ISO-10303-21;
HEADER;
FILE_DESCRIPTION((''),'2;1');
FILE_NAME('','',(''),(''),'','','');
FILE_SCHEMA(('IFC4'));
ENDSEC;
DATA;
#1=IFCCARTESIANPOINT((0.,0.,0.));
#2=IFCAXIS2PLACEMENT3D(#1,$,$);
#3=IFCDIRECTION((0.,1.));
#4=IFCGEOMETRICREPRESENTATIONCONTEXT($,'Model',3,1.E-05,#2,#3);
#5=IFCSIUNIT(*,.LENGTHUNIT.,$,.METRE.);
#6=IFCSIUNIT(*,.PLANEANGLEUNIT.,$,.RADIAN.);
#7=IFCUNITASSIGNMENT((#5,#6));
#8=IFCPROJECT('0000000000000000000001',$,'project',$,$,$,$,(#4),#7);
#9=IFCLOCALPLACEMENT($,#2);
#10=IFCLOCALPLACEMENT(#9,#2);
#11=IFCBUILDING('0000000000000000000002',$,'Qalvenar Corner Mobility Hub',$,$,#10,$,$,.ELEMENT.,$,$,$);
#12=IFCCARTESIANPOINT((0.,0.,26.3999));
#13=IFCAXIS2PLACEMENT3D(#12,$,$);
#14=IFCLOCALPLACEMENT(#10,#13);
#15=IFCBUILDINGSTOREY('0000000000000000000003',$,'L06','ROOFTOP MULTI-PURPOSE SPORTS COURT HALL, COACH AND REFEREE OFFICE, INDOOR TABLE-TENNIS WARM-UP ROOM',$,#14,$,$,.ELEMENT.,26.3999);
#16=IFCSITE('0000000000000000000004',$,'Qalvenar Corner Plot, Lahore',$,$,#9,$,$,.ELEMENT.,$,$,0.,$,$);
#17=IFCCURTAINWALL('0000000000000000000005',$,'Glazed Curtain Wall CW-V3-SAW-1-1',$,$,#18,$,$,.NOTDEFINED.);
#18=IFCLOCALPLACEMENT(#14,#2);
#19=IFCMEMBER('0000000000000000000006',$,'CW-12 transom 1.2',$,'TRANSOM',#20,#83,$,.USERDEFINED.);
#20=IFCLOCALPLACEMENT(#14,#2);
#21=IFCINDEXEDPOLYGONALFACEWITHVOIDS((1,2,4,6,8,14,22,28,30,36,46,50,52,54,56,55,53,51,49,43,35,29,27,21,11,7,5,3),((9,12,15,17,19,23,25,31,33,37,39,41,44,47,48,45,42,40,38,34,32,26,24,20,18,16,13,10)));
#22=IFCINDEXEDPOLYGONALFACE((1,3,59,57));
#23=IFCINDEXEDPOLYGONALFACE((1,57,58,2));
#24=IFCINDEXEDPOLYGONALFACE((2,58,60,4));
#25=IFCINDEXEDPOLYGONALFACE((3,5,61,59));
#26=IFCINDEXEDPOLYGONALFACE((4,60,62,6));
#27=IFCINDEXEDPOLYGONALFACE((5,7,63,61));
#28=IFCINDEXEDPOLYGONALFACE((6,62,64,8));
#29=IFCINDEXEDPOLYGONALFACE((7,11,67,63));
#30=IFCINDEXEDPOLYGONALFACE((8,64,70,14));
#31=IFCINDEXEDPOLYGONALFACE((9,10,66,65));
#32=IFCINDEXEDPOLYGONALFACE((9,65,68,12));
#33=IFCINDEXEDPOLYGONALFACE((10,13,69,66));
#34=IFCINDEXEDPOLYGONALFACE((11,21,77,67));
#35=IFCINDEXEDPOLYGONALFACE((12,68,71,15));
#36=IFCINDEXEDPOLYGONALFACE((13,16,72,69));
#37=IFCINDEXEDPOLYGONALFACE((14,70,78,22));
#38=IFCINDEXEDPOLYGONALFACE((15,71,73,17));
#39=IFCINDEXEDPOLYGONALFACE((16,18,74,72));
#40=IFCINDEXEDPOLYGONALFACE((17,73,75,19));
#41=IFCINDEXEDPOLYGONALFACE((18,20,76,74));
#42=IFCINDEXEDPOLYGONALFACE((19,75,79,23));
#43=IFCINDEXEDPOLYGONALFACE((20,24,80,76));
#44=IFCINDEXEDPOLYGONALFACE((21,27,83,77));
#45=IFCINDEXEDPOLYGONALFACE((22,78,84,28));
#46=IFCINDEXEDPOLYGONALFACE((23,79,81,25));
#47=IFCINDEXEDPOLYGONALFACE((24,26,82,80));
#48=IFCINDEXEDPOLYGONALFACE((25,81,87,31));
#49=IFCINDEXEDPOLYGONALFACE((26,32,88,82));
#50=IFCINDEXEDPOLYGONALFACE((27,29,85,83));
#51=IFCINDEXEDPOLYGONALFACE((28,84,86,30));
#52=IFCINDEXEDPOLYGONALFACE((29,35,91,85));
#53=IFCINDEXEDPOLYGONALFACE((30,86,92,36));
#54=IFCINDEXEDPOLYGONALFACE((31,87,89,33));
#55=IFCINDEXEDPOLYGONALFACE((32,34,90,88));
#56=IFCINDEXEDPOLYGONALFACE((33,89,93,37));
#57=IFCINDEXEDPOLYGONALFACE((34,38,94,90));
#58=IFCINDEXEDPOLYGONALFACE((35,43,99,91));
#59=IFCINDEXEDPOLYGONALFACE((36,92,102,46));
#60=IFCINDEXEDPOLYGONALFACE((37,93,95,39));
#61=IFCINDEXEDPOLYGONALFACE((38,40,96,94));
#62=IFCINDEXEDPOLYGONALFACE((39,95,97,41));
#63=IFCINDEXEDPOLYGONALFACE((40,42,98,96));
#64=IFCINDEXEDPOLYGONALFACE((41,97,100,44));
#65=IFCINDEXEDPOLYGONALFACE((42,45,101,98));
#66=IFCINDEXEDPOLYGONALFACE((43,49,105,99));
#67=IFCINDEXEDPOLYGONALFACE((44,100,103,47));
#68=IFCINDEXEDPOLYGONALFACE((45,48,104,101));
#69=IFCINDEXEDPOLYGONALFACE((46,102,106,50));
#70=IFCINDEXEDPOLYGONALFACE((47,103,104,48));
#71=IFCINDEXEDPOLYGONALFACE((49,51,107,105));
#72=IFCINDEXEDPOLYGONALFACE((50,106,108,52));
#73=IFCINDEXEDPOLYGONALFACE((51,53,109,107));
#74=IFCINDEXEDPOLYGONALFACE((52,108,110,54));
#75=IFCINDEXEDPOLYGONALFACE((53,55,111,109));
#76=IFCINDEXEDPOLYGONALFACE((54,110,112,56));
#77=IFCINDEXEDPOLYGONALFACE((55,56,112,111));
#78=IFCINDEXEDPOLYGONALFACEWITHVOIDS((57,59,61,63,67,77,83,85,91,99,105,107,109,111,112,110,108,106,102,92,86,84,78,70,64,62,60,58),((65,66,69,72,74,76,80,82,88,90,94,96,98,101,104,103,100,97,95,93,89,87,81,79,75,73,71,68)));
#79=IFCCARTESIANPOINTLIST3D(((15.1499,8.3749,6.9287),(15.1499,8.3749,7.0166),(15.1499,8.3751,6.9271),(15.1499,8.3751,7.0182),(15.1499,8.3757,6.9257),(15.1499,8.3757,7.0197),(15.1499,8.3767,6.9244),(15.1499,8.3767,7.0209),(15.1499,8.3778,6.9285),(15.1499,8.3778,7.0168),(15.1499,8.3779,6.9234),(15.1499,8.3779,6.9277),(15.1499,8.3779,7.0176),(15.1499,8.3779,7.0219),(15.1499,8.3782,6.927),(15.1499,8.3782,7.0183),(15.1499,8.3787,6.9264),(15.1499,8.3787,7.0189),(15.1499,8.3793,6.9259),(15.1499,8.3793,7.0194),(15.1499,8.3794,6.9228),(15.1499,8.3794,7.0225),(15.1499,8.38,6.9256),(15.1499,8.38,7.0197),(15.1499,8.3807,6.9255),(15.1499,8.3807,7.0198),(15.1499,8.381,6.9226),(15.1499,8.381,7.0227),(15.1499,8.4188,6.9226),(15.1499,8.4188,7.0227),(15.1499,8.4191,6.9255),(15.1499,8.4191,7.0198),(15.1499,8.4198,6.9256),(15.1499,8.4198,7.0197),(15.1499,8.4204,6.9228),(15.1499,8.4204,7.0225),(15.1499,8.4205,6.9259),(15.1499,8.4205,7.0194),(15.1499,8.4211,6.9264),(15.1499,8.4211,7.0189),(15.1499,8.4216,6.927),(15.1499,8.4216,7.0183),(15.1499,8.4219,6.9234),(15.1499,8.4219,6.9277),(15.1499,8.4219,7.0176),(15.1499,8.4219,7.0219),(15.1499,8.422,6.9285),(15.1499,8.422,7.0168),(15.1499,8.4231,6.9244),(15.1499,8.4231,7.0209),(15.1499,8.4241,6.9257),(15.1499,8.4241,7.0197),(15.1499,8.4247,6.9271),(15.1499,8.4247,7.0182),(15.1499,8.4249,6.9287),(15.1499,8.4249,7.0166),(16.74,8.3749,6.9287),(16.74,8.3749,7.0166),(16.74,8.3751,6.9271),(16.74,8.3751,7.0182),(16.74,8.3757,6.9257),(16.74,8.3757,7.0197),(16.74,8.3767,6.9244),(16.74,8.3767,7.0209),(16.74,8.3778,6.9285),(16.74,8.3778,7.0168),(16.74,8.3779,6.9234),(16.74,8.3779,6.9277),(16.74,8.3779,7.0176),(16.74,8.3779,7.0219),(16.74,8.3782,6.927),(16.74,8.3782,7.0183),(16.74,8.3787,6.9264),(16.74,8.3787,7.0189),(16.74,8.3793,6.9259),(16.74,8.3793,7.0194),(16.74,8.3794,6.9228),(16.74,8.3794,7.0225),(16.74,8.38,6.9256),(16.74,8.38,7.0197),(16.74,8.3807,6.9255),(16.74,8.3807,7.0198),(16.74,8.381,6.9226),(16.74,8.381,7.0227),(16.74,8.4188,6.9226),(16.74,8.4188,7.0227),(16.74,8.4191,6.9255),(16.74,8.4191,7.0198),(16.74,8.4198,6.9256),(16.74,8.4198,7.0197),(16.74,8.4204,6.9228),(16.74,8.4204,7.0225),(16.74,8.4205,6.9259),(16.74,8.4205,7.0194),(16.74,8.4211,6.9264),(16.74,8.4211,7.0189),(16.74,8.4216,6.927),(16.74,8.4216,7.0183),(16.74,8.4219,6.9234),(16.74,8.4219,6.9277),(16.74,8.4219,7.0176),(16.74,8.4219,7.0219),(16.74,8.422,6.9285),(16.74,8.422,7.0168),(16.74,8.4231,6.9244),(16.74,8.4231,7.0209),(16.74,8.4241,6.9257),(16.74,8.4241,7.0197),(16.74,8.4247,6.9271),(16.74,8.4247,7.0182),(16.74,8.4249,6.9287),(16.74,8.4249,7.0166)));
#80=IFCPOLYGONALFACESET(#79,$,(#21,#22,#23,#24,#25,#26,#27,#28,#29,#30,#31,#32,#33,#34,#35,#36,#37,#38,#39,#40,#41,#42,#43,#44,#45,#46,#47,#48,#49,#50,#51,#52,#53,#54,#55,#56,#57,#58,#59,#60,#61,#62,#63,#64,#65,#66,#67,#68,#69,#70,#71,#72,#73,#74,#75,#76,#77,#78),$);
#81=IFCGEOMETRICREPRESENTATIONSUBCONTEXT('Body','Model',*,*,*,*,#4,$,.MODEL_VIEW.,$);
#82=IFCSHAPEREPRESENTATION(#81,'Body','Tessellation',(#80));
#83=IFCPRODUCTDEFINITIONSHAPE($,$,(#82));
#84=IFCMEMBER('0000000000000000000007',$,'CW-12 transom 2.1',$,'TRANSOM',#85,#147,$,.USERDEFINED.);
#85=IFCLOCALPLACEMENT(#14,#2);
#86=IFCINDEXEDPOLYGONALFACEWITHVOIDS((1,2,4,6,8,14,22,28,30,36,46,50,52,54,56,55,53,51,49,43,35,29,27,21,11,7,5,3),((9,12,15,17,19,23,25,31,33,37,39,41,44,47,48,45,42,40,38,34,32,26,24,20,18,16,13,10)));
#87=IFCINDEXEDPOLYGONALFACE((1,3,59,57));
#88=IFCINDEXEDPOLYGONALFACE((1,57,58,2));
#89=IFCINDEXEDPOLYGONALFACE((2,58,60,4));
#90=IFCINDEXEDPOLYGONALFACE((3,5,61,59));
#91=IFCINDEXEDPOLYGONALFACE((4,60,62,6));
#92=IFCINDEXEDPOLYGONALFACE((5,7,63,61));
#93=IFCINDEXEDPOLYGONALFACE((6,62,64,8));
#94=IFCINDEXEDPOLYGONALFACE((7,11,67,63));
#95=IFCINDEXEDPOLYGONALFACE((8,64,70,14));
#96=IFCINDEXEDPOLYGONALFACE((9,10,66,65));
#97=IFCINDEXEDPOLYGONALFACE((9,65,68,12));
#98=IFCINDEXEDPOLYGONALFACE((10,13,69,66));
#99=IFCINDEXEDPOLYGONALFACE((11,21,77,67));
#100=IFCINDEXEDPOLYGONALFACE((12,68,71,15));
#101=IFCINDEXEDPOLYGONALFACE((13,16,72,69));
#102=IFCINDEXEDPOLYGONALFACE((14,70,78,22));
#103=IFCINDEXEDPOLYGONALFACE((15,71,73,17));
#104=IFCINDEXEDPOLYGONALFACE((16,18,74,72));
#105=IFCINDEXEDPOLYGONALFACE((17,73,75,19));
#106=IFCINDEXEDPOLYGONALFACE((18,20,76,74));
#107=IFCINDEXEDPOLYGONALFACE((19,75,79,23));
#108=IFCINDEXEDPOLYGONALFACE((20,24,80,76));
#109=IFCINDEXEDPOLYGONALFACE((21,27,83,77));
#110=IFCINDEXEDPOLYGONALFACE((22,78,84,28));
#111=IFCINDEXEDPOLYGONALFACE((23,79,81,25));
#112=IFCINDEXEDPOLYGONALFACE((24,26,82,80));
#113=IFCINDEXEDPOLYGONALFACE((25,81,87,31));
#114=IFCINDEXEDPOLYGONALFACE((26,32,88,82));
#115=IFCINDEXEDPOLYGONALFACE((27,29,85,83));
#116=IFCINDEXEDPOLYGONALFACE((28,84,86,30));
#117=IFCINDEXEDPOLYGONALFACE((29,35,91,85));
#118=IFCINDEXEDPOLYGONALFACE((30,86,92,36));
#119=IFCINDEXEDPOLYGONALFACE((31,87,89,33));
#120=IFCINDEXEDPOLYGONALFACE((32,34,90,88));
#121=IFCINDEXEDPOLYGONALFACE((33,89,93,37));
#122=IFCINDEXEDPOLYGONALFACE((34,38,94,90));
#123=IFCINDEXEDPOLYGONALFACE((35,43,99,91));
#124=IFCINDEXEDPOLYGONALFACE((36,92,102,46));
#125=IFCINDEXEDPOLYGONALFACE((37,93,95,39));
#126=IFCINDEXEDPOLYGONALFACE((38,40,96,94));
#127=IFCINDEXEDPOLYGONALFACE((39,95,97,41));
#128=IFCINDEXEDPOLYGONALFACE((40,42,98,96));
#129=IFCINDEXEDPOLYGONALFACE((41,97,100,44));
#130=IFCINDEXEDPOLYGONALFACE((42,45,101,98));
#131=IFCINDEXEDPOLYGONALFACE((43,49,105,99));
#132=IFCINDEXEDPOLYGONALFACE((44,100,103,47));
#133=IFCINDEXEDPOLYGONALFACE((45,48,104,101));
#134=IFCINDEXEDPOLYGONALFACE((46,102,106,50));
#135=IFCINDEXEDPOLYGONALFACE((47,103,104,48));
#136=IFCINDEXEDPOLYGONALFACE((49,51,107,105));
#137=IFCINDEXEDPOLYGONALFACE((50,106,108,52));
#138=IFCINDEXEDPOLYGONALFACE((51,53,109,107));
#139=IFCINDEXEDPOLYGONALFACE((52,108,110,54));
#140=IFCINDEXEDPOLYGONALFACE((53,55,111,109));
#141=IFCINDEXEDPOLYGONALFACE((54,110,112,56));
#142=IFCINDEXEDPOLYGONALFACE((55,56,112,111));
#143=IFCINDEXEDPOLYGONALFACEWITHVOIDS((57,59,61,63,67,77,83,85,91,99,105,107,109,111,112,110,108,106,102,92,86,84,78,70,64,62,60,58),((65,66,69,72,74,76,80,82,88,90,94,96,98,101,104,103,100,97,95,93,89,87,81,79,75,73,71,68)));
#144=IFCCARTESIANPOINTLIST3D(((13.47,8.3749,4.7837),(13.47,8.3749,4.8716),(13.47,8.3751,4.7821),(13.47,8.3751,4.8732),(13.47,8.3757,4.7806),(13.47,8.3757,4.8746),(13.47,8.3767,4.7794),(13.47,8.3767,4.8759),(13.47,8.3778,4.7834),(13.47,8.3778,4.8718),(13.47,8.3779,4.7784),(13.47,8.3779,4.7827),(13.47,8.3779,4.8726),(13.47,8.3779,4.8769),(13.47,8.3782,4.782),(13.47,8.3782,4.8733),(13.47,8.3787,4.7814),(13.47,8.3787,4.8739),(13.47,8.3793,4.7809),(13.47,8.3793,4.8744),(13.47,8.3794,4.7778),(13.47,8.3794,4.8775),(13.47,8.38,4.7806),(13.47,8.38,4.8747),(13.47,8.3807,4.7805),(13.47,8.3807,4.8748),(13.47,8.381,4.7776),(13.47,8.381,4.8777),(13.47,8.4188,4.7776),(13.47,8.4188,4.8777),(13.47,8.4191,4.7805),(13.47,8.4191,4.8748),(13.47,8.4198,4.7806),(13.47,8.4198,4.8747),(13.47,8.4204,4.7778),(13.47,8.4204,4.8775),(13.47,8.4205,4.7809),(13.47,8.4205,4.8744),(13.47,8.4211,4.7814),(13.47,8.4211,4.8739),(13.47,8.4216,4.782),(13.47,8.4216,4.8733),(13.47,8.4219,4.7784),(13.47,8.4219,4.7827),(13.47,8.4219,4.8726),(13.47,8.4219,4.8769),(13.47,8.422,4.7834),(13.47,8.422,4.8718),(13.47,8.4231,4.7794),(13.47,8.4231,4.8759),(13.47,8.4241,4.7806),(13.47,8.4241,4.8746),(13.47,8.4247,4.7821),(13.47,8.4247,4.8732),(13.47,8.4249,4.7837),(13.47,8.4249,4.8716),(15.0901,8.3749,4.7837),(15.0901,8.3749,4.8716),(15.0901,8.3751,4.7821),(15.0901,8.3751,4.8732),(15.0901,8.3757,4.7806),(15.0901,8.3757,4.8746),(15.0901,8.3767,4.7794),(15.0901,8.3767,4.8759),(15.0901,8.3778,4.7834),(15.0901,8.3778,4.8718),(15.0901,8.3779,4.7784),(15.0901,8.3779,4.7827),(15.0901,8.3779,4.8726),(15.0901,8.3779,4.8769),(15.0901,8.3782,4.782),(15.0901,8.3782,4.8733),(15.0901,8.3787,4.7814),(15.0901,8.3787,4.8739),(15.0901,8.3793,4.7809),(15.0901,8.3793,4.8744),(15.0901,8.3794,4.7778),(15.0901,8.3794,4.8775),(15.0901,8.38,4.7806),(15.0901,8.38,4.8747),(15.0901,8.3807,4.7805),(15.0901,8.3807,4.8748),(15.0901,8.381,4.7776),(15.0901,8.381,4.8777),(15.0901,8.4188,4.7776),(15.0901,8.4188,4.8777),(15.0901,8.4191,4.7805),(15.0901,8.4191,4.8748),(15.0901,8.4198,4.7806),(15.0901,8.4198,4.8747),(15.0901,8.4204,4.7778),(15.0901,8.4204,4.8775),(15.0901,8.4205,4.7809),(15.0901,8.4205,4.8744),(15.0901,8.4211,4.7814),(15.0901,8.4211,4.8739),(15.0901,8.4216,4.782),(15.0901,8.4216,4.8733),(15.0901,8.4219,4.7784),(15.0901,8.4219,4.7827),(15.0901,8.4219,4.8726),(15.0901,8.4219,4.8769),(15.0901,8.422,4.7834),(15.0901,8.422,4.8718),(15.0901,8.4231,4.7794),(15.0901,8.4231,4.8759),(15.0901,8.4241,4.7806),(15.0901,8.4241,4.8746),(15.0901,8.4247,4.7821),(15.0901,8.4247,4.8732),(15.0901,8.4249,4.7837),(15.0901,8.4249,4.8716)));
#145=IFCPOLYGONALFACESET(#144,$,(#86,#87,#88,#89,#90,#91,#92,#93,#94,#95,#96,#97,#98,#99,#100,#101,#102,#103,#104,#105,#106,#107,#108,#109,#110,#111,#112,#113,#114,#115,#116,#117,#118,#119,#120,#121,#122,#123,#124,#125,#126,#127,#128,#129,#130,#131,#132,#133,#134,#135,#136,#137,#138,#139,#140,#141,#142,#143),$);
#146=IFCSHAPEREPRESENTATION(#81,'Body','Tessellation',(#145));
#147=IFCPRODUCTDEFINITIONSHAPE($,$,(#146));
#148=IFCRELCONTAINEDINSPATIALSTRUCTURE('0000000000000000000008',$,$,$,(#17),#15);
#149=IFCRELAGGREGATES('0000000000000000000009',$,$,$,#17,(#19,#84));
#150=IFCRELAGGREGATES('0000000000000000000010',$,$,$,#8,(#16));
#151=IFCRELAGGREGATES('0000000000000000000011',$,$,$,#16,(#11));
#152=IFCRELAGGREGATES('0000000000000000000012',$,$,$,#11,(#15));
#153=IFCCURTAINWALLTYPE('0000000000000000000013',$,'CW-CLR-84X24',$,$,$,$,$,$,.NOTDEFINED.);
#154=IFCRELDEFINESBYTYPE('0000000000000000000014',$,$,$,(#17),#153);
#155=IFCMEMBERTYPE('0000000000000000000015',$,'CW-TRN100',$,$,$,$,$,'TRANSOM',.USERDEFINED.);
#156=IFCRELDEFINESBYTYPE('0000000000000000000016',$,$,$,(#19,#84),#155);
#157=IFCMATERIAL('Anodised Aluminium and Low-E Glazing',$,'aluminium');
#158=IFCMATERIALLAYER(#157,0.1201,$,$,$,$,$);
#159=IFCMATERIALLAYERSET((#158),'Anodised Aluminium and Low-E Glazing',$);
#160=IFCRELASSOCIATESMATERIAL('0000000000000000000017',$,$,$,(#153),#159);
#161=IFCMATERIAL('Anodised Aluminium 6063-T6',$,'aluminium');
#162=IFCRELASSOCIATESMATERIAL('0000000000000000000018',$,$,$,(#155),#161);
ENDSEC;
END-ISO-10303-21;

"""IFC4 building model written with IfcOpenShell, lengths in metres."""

from ifc_helpers import new_model, si_unit, direction, frame, origin, origin_2d, place, context, subcontext, project, spatial, hollow_rectangle, extrude, material, layer, layer_set, material_profile, profile_set, type_object, element, aggregate, save


model = new_model("IFC4")

# Units and contexts
model_context = context("Model", 3, precision=1e-05, world=origin(), true_north=direction((0.0, 1.0)))
body_context = subcontext(model_context, "Body", "Model", "MODEL_VIEW")
ifc_project = project(units=[si_unit("LENGTHUNIT", "METRE"), si_unit("PLANEANGLEUNIT", "RADIAN")], contexts=[model_context])

# Site, building, storey
site_placement = place(None, origin())
site = spatial("IfcSite", under=ifc_project, at=site_placement, Name="Qalvenar Corner Plot, Lahore", CompositionType="ELEMENT", RefElevation=0.0)
building_placement = place(site_placement, origin())
building = spatial("IfcBuilding", under=site, at=building_placement, Name="Qalvenar Corner Mobility Hub", CompositionType="ELEMENT")
storey_placement = place(building_placement, frame((0.0, 0.0, 26.3999)))
storey = spatial("IfcBuildingStorey", under=building, at=storey_placement, Name="L06", Description="ROOFTOP MULTI-PURPOSE SPORTS COURT HALL, COACH AND REFEREE OFFICE, INDOOR TABLE-TENNIS WARM-UP ROOM", CompositionType="ELEMENT", Elevation=26.3999)

# Curtain wall, members
ifc_material_1 = material(Name="Anodised Aluminium and Low-E Glazing", Category="aluminium")
ifc_layer_1 = layer(ifc_material_1, 0.1201)
ifc_layer_set_1 = layer_set([ifc_layer_1], Name="Anodised Aluminium and Low-E Glazing")
curtain_wall_type = type_object("IfcCurtainWallType", Name="CW-CLR-84X24", PredefinedType="NOTDEFINED", material=ifc_layer_set_1)
curtain_wall_placement = place(storey_placement, origin())
curtain_wall = element("IfcCurtainWall", 1, at=curtain_wall_placement, inside=storey, type_object=curtain_wall_type, Name="Glazed Curtain Wall CW-V3-SAW-1-1", PredefinedType="NOTDEFINED")
ifc_material_2 = material(Name="Anodised Aluminium 6063-T6", Category="aluminium")
ifc_material_profile_1 = material_profile(ifc_material_2, hollow_rectangle(XDim=0.05, YDim=0.1001, WallThickness=0.0029, InnerFilletRadius=0.0029, OuterFilletRadius=0.0061, at=origin_2d()), Name="RHS100x50x3")
ifc_profile_set_1 = profile_set([ifc_material_profile_1], Name="Anodised Aluminium 6063-T6")
member_type_1 = type_object("IfcMemberType", Name="CW-TRN100", ElementType="TRANSOM", PredefinedType="USERDEFINED", material=ifc_profile_set_1)
member_1_placement = place(storey_placement, frame((16.74, 8.3999, 6.9727), z_axis=(-1.0, 0.0, 0.0), x_axis=(0.0, -1.0, 0.0)))
member_1 = element("IfcMember", 2, at=member_1_placement, type_object=member_type_1, Name="CW-12 transom 1.2", ObjectType="TRANSOM", PredefinedType="USERDEFINED", context=body_context, shape_type="SweptSolid", body=[
    extrude(hollow_rectangle(XDim=0.05, YDim=0.1001, WallThickness=0.0029, InnerFilletRadius=0.0029, OuterFilletRadius=0.0061, at=origin_2d()), origin(), (0.0, 0.0, 1.0), 1.5901),
])
member_2_placement = place(storey_placement, frame((15.0901, 8.3999, 4.8276), z_axis=(-1.0, 0.0, 0.0), x_axis=(0.0, -1.0, 0.0)))
member_2 = element("IfcMember", 3, at=member_2_placement, type_object=member_type_1, Name="CW-12 transom 2.1", ObjectType="TRANSOM", PredefinedType="USERDEFINED", context=body_context, shape_type="SweptSolid", body=[
    extrude(hollow_rectangle(XDim=0.05, YDim=0.1001, WallThickness=0.0029, InnerFilletRadius=0.0029, OuterFilletRadius=0.0061, at=origin_2d()), origin(), (0.0, 0.0, 1.0), 1.6201),
])

aggregate(curtain_wall, [member_1, member_2])

save(model, "model.ifc")
